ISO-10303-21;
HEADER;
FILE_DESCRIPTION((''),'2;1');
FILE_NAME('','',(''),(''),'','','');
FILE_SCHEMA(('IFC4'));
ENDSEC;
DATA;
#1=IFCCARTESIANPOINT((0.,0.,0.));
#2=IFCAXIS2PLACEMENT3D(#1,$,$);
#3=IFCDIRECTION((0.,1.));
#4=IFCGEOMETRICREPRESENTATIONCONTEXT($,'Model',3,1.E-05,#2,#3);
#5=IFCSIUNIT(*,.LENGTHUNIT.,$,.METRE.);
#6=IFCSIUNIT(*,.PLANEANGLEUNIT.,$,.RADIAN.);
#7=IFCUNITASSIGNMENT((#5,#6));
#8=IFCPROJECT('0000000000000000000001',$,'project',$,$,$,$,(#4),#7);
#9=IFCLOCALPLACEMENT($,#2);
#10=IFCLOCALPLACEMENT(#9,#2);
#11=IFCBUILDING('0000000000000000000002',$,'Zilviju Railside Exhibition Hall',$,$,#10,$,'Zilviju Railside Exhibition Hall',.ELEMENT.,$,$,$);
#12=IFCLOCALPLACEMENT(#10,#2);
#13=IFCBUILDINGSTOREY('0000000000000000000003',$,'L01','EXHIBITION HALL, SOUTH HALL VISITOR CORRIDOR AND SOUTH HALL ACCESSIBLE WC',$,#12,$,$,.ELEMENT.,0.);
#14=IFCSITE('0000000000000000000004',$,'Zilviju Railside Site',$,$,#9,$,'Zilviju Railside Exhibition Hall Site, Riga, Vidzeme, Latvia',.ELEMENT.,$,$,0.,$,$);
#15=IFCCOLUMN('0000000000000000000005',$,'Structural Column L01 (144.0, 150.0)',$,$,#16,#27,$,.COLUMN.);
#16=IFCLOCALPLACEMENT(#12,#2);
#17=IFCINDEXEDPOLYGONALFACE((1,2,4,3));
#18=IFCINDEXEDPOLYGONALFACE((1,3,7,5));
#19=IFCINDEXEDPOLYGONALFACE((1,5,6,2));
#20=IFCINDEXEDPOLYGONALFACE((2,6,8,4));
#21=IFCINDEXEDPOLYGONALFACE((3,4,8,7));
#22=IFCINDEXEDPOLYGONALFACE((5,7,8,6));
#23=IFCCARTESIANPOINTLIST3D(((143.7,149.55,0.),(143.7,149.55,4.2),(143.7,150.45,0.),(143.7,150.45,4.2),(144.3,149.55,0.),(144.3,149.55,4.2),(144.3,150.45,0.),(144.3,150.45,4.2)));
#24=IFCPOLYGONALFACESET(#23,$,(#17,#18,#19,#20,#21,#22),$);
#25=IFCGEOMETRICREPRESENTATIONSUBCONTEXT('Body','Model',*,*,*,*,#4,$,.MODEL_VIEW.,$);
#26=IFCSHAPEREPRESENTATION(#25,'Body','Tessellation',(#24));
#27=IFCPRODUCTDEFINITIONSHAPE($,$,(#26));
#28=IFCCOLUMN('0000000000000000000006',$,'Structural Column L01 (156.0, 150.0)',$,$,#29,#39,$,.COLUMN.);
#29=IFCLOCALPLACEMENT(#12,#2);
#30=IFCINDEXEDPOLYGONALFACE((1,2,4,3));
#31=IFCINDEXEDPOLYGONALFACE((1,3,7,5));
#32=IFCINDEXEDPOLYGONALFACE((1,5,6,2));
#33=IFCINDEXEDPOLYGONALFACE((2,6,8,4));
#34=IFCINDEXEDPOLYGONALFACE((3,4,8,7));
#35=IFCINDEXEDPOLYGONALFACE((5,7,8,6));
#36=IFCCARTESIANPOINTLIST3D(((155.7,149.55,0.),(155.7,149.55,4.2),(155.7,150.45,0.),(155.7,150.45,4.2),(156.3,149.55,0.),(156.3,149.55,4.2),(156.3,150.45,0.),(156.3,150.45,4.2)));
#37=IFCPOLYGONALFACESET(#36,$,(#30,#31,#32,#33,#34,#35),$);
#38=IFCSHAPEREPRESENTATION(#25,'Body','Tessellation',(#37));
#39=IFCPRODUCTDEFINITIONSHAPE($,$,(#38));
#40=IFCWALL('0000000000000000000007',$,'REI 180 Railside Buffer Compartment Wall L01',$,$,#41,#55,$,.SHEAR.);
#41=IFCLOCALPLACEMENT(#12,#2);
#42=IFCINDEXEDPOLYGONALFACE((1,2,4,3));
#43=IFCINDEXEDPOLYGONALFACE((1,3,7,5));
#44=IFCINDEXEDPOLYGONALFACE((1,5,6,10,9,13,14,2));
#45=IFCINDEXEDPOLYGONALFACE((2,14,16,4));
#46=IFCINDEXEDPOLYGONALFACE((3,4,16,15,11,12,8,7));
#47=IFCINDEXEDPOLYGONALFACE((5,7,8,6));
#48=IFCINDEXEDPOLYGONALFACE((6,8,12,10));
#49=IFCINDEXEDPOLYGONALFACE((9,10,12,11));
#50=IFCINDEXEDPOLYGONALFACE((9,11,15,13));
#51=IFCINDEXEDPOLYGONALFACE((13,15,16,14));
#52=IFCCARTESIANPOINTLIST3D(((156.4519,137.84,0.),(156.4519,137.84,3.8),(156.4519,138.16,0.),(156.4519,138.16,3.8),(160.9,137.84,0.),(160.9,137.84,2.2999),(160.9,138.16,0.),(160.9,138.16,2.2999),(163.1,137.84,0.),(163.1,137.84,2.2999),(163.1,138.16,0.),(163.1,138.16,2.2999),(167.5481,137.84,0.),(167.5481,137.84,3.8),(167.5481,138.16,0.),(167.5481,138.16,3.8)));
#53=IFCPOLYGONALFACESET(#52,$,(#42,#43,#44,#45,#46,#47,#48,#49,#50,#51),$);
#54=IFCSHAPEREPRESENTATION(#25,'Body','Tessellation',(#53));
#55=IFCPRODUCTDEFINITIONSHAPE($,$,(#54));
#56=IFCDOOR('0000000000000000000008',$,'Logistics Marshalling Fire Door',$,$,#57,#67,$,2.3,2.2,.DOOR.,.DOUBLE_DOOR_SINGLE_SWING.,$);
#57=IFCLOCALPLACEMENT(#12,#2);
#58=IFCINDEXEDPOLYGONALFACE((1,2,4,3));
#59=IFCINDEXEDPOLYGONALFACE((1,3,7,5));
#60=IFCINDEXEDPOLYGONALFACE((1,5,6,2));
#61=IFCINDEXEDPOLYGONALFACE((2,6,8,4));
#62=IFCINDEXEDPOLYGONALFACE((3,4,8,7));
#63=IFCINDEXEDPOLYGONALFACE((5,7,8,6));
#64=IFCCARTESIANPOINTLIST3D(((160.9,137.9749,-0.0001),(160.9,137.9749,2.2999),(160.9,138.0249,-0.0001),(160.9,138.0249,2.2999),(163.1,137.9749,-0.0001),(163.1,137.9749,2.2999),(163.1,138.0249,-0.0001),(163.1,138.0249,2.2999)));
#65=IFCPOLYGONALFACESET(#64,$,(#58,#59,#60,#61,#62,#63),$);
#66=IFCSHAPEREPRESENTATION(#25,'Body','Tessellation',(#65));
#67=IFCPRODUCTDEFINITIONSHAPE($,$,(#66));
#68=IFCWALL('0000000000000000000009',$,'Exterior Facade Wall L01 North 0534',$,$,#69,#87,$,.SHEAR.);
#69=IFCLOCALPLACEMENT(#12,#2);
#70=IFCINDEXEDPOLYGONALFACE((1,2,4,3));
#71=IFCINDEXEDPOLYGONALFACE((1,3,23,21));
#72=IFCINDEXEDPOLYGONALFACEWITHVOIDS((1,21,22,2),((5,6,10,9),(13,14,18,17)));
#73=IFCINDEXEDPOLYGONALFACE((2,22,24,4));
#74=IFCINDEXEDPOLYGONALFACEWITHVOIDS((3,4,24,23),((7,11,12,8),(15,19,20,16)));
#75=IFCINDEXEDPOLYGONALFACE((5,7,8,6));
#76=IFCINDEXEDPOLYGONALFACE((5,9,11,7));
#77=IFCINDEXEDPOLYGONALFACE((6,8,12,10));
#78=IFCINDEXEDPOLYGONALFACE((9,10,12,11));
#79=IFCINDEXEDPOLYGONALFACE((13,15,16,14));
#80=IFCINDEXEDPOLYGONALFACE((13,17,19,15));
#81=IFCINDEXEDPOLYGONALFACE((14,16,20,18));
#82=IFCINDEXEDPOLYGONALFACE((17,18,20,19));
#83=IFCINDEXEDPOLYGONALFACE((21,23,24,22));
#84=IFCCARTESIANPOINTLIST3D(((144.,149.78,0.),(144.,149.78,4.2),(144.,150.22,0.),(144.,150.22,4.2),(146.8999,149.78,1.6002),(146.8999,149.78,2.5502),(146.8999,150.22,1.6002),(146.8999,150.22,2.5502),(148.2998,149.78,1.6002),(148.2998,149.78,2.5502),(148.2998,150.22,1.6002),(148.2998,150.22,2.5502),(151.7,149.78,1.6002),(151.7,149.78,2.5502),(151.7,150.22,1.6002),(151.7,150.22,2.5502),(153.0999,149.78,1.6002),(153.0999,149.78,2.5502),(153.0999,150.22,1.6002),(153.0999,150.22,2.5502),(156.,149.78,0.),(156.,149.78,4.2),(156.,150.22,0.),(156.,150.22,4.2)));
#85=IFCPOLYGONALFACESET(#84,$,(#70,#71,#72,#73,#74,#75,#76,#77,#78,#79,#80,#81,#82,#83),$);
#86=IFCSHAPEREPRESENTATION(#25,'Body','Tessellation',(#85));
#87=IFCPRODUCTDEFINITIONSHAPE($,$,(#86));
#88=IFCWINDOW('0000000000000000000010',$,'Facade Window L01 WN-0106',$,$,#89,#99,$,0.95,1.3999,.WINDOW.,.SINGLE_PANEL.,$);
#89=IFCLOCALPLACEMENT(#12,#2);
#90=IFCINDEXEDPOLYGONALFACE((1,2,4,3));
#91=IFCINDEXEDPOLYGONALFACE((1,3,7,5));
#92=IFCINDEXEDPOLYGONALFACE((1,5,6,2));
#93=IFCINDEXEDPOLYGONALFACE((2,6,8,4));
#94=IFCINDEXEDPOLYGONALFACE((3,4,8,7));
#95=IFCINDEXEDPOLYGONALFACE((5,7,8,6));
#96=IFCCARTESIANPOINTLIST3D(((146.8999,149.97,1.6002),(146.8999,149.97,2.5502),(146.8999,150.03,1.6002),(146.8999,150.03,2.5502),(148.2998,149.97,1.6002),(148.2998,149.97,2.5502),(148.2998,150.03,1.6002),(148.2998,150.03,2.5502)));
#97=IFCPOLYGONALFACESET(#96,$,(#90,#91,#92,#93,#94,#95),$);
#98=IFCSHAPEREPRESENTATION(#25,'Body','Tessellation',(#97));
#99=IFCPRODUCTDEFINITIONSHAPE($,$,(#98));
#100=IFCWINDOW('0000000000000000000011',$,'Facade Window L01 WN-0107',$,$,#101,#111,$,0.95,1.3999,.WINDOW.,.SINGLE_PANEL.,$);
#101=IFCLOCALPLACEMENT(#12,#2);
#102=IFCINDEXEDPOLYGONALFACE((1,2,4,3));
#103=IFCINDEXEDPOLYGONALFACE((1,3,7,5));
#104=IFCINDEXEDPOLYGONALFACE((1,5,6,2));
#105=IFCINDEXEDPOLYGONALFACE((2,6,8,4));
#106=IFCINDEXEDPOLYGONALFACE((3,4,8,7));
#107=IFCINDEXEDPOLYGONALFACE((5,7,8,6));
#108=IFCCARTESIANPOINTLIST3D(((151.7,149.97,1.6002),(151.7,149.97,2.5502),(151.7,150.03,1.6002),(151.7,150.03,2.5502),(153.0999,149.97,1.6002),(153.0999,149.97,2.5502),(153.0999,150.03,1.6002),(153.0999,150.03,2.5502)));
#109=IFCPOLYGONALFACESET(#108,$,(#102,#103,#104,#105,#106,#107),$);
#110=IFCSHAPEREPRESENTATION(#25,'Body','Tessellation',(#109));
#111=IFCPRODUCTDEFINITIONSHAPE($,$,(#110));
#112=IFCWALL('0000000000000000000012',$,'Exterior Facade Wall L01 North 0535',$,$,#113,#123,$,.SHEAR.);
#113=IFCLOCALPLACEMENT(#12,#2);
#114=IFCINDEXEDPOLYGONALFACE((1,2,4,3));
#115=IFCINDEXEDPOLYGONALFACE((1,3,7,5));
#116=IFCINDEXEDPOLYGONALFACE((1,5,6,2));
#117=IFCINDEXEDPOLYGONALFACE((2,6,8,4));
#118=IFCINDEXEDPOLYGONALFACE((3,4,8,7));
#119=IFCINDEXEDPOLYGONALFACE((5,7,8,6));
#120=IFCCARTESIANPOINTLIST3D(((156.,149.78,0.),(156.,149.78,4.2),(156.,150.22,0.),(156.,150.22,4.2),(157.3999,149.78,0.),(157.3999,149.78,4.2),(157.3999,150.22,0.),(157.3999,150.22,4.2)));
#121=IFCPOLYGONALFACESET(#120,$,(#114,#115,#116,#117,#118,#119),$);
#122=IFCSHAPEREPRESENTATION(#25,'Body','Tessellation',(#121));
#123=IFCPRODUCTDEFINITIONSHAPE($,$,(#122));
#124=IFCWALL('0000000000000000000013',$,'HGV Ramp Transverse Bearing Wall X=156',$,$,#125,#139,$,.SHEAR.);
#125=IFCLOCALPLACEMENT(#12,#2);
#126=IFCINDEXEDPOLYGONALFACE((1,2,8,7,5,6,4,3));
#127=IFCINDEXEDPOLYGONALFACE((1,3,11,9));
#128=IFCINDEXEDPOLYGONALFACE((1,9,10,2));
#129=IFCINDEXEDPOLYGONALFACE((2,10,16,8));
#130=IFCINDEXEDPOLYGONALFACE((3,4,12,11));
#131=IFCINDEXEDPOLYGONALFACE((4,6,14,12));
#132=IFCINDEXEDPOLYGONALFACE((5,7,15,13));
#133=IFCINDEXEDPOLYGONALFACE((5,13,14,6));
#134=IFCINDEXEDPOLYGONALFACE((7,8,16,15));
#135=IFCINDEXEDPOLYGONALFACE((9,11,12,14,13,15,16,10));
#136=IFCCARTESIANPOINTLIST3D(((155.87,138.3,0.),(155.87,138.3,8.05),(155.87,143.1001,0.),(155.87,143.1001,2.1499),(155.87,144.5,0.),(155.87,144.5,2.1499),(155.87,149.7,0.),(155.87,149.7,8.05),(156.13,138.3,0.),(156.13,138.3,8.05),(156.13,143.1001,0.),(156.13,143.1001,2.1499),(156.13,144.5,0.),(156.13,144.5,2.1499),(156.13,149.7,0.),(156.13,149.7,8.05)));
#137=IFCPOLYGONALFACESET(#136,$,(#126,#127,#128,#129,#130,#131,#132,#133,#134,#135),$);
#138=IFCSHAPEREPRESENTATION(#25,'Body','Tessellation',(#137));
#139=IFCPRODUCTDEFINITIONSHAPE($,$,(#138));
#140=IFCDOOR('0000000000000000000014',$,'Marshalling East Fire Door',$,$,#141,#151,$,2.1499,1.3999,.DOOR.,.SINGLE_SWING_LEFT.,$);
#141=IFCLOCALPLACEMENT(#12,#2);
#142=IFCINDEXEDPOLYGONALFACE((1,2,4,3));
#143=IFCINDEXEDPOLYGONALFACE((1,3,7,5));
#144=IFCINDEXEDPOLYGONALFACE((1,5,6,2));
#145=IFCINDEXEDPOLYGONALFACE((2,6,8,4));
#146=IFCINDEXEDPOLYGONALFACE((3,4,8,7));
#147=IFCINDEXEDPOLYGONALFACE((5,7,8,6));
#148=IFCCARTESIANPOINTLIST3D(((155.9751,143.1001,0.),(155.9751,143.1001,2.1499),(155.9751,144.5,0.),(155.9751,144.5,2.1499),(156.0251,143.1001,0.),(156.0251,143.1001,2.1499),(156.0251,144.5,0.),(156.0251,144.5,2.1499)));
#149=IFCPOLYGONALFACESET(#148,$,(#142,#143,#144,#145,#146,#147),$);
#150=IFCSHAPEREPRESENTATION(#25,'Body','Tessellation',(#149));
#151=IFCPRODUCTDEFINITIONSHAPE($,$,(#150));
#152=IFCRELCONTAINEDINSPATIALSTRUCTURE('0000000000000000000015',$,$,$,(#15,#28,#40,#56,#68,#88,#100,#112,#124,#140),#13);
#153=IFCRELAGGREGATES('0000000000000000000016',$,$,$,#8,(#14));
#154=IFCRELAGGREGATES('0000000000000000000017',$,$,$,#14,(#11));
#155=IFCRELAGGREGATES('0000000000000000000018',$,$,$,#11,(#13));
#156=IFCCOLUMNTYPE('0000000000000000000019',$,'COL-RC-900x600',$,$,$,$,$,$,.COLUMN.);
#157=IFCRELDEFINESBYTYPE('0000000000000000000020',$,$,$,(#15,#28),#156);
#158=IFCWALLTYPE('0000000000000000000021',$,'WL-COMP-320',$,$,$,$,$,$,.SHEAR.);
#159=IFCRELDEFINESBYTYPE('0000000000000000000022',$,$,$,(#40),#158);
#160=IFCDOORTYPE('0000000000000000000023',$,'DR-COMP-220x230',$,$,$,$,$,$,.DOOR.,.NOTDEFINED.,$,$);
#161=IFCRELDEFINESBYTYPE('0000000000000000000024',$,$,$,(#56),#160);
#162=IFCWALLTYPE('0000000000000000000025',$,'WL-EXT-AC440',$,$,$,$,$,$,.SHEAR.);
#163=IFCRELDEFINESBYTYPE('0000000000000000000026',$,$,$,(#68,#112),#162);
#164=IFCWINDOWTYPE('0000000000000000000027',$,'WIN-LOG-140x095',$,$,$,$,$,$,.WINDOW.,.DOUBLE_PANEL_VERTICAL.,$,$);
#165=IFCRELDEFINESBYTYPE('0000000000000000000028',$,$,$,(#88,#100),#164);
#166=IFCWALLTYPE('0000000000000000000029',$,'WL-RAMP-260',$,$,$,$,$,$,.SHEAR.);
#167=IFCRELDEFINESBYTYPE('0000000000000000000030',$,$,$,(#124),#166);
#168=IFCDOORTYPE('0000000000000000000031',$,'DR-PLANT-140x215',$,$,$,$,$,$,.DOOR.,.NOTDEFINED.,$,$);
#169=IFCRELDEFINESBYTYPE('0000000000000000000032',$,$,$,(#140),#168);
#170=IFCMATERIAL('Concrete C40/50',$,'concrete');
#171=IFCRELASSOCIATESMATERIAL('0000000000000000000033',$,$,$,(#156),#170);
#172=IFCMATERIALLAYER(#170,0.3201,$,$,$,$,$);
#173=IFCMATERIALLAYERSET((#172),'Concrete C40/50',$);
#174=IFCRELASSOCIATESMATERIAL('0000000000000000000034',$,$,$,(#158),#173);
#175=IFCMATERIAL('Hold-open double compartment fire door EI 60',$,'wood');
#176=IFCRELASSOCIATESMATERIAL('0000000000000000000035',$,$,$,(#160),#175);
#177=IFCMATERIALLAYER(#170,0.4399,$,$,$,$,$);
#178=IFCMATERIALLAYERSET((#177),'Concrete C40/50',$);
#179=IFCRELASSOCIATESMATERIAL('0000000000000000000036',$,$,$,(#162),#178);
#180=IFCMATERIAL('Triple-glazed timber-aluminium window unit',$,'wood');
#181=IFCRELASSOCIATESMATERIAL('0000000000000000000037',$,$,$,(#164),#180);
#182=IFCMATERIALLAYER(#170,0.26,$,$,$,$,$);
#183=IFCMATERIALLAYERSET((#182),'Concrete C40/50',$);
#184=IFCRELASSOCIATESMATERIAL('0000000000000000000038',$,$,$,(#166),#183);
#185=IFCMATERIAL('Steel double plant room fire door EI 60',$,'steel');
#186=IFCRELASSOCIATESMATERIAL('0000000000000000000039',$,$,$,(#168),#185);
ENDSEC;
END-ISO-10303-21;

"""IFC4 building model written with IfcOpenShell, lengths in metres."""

from ifc_helpers import new_model, si_unit, direction, frame, frame_2d, origin, origin_2d, place, context, subcontext, project, spatial, rectangle, extrude, material, layer, layer_set, material_profile, profile_set, type_object, element, fill, save


model = new_model("IFC4")

# Units and contexts
model_context = context("Model", 3, precision=1e-05, world=origin(), true_north=direction((0.0, 1.0)))
body_context = subcontext(model_context, "Body", "Model", "MODEL_VIEW")
ifc_project = project(units=[si_unit("LENGTHUNIT", "METRE"), si_unit("PLANEANGLEUNIT", "RADIAN")], contexts=[model_context])

# Site, building, storey
site_placement = place(None, origin())
site = spatial("IfcSite", under=ifc_project, at=site_placement, Name="Zilviju Railside Site", LongName="Zilviju Railside Exhibition Hall Site, Riga, Vidzeme, Latvia", CompositionType="ELEMENT", RefElevation=0.0)
building_placement = place(site_placement, origin())
building = spatial("IfcBuilding", under=site, at=building_placement, Name="Zilviju Railside Exhibition Hall", LongName="Zilviju Railside Exhibition Hall", CompositionType="ELEMENT")
storey_placement = place(building_placement, origin())
storey = spatial("IfcBuildingStorey", under=building, at=storey_placement, Name="L01", Description="EXHIBITION HALL, SOUTH HALL VISITOR CORRIDOR AND SOUTH HALL ACCESSIBLE WC", CompositionType="ELEMENT", Elevation=0.0)

# Shared definitions
ifc_material_1 = material(Name="Concrete C40/50", Category="concrete")

# Columns
ifc_material_profile_1 = material_profile(ifc_material_1, rectangle(XDim=0.6001, YDim=0.8999, at=origin_2d()), Name="RC COL 600x900")
ifc_profile_set_1 = profile_set([ifc_material_profile_1], Name="Concrete C40/50")
column_type_1 = type_object("IfcColumnType", Name="COL-RC-900x600", PredefinedType="COLUMN", material=ifc_profile_set_1)
for number, where, z_axis, x_axis, name in (
    (1, (144.0, 150.0, 0.0), (0.0, 0.0, 1.0), (1.0, 0.0, 0.0), "Structural Column L01 (144.0, 150.0)"),
    (2, (156.0, 150.0, 0.0), (0.0, 0.0, 1.0), (1.0, 0.0, 0.0), "Structural Column L01 (156.0, 150.0)"),
):
    element("IfcColumn", number, at=place(storey_placement, frame(where, z_axis=z_axis, x_axis=x_axis)), inside=storey, type_object=column_type_1, Name=name, PredefinedType="COLUMN", context=body_context, shape_type="SweptSolid", body=[
        extrude(rectangle(XDim=0.6001, YDim=0.8999, at=origin_2d()), origin(), (0.0, 0.0, 1.0), 4.2),
    ])

# Wall, opening, door
ifc_layer_1 = layer(ifc_material_1, 0.3201)
ifc_layer_set_1 = layer_set([ifc_layer_1], Name="Concrete C40/50")
wall_type_1 = type_object("IfcWallType", Name="WL-COMP-320", PredefinedType="SHEAR", material=ifc_layer_set_1)
wall_1_placement = place(storey_placement, frame((156.4519, 138.0, 0.0), z_axis=(0.0, 0.0, 1.0), x_axis=(1.0, 0.0, 0.0)))
wall_1 = element("IfcWall", 3, at=wall_1_placement, inside=storey, type_object=wall_type_1, Name="REI 180 Railside Buffer Compartment Wall L01", PredefinedType="SHEAR", context=body_context, shape_type="SweptSolid", body=[
    extrude(rectangle(XDim=11.0962, YDim=0.3201, at=frame_2d((5.5481, 0.0))), origin(), (0.0, 0.0, 1.0), 3.8),
])
opening_1_placement = place(wall_1_placement, frame((4.448, 0.0, 0.0)))
opening_1 = element("IfcOpeningElement", 4, at=opening_1_placement, cuts=wall_1, PredefinedType="OPENING", context=body_context, shape_type="SweptSolid", body=[
    extrude(rectangle(XDim=2.2, YDim=2.3, at=frame_2d((1.1001, 1.1499))), frame((0.0, 0.1699, 0.0), z_axis=(0.0, -1.0, 0.0), x_axis=(1.0, 0.0, 0.0)), (0.0, 0.0, 1.0), 0.3401),
])
ifc_material_2 = material(Name="Hold-open double compartment fire door EI 60", Category="wood")
door_type_1 = type_object("IfcDoorType", Name="DR-COMP-220x230", OperationType="NOTDEFINED", PredefinedType="DOOR", material=ifc_material_2)
door_1_placement = place(opening_1_placement, origin())
door_1 = element("IfcDoor", 5, at=door_1_placement, inside=storey, type_object=door_type_1, Name="Logistics Marshalling Fire Door", OperationType="DOUBLE_DOOR_SINGLE_SWING", OverallHeight=2.3, OverallWidth=2.2, PredefinedType="DOOR", context=body_context, shape_type="SweptSolid", body=[
    extrude(rectangle(XDim=2.2, YDim=2.3, at=frame_2d((1.1001, 1.1499))), frame((0.0, 0.0249, 0.0), z_axis=(0.0, -1.0, 0.0), x_axis=(1.0, 0.0, 0.0)), (0.0, 0.0, 1.0), 0.05),
])
fill(opening_1, door_1)

# Wall, openings, windows
ifc_layer_2 = layer(ifc_material_1, 0.4399)
ifc_layer_set_2 = layer_set([ifc_layer_2], Name="Concrete C40/50")
wall_type_2 = type_object("IfcWallType", Name="WL-EXT-AC440", PredefinedType="SHEAR", material=ifc_layer_set_2)
wall_2_placement = place(storey_placement, frame((144.0, 150.0, 0.0), z_axis=(0.0, 0.0, 1.0), x_axis=(1.0, 0.0, 0.0)))
wall_2 = element("IfcWall", 6, at=wall_2_placement, inside=storey, type_object=wall_type_2, Name="Exterior Facade Wall L01 North 0534", PredefinedType="SHEAR", context=body_context, shape_type="SweptSolid", body=[
    extrude(rectangle(XDim=12.0, YDim=0.4399, at=frame_2d((6.0, 0.0))), origin(), (0.0, 0.0, 1.0), 4.2),
])
opening_2_placement = place(wall_2_placement, frame((2.8999, 0.0, 1.6001)))
opening_2 = element("IfcOpeningElement", 7, at=opening_2_placement, cuts=wall_2, PredefinedType="OPENING", context=body_context, shape_type="SweptSolid", body=[
    extrude(rectangle(XDim=1.3999, YDim=0.95, at=frame_2d((0.7, 0.4751))), frame((0.0, 0.23, 0.0), z_axis=(0.0, -1.0, 0.0), x_axis=(1.0, 0.0, 0.0)), (0.0, 0.0, 1.0), 0.46),
])
opening_3_placement = place(wall_2_placement, frame((7.7, 0.0, 1.6001)))
opening_3 = element("IfcOpeningElement", 8, at=opening_3_placement, cuts=wall_2, PredefinedType="OPENING", context=body_context, shape_type="SweptSolid", body=[
    extrude(rectangle(XDim=1.3999, YDim=0.95, at=frame_2d((0.7, 0.4751))), frame((0.0, 0.23, 0.0), z_axis=(0.0, -1.0, 0.0), x_axis=(1.0, 0.0, 0.0)), (0.0, 0.0, 1.0), 0.46),
])
ifc_material_3 = material(Name="Triple-glazed timber-aluminium window unit", Category="wood")
window_type = type_object("IfcWindowType", Name="WIN-LOG-140x095", PartitioningType="DOUBLE_PANEL_VERTICAL", PredefinedType="WINDOW", material=ifc_material_3)
window_1_placement = place(opening_2_placement, origin())
window_1 = element("IfcWindow", 9, at=window_1_placement, inside=storey, type_object=window_type, Name="Facade Window L01 WN-0106", OverallHeight=0.95, OverallWidth=1.3999, PartitioningType="SINGLE_PANEL", PredefinedType="WINDOW", context=body_context, shape_type="SweptSolid", body=[
    extrude(rectangle(XDim=1.3999, YDim=0.95, at=frame_2d((0.7, 0.4751))), frame((0.0, 0.03, 0.0), z_axis=(0.0, -1.0, 0.0), x_axis=(1.0, 0.0, 0.0)), (0.0, 0.0, 1.0), 0.0601),
])
fill(opening_2, window_1)
window_2_placement = place(opening_3_placement, origin())
window_2 = element("IfcWindow", 10, at=window_2_placement, inside=storey, type_object=window_type, Name="Facade Window L01 WN-0107", OverallHeight=0.95, OverallWidth=1.3999, PartitioningType="SINGLE_PANEL", PredefinedType="WINDOW", context=body_context, shape_type="SweptSolid", body=[
    extrude(rectangle(XDim=1.3999, YDim=0.95, at=frame_2d((0.7, 0.4751))), frame((0.0, 0.03, 0.0), z_axis=(0.0, -1.0, 0.0), x_axis=(1.0, 0.0, 0.0)), (0.0, 0.0, 1.0), 0.0601),
])
fill(opening_3, window_2)

# Wall
wall_3_placement = place(storey_placement, frame((156.0, 150.0, 0.0), z_axis=(0.0, 0.0, 1.0), x_axis=(1.0, 0.0, 0.0)))
element("IfcWall", 11, at=wall_3_placement, inside=storey, type_object=wall_type_2, Name="Exterior Facade Wall L01 North 0535", PredefinedType="SHEAR", context=body_context, shape_type="SweptSolid", body=[
    extrude(rectangle(XDim=1.3999, YDim=0.4399, at=frame_2d((0.7, 0.0))), origin(), (0.0, 0.0, 1.0), 4.2),
])

# Wall, opening, door
ifc_layer_3 = layer(ifc_material_1, 0.26)
ifc_layer_set_3 = layer_set([ifc_layer_3], Name="Concrete C40/50")
wall_type_3 = type_object("IfcWallType", Name="WL-RAMP-260", PredefinedType="SHEAR", material=ifc_layer_set_3)
wall_4_placement = place(storey_placement, frame((156.0, 138.3, 0.0), z_axis=(0.0, 0.0, 1.0), x_axis=(0.0, 1.0, 0.0)))
wall_4 = element("IfcWall", 12, at=wall_4_placement, inside=storey, type_object=wall_type_3, Name="HGV Ramp Transverse Bearing Wall X=156", PredefinedType="SHEAR", context=body_context, shape_type="SweptSolid", body=[
    extrude(rectangle(XDim=11.3999, YDim=0.26, at=frame_2d((5.7, 0.0))), origin(), (0.0, 0.0, 1.0), 8.05),
])
opening_4_placement = place(wall_4_placement, frame((4.8, 0.0, 0.0)))
opening_4 = element("IfcOpeningElement", 13, at=opening_4_placement, cuts=wall_4, PredefinedType="OPENING", context=body_context, shape_type="SweptSolid", body=[
    extrude(rectangle(XDim=1.3999, YDim=2.1499, at=frame_2d((0.7, 1.075))), frame((0.0, 0.1399, 0.0), z_axis=(0.0, -1.0, 0.0), x_axis=(1.0, 0.0, 0.0)), (0.0, 0.0, 1.0), 0.28),
])
ifc_material_4 = material(Name="Steel double plant room fire door EI 60", Category="steel")
door_type_2 = type_object("IfcDoorType", Name="DR-PLANT-140x215", OperationType="NOTDEFINED", PredefinedType="DOOR", material=ifc_material_4)
door_2_placement = place(opening_4_placement, origin())
door_2 = element("IfcDoor", 14, at=door_2_placement, inside=storey, type_object=door_type_2, Name="Marshalling East Fire Door", OperationType="SINGLE_SWING_LEFT", OverallHeight=2.1499, OverallWidth=1.3999, PredefinedType="DOOR", context=body_context, shape_type="SweptSolid", body=[
    extrude(rectangle(XDim=1.3999, YDim=2.1499, at=frame_2d((0.7, 1.075))), frame((0.0, 0.0249, 0.0), z_axis=(0.0, -1.0, 0.0), x_axis=(1.0, 0.0, 0.0)), (0.0, 0.0, 1.0), 0.05),
])
fill(opening_4, door_2)

save(model, "model.ifc")
